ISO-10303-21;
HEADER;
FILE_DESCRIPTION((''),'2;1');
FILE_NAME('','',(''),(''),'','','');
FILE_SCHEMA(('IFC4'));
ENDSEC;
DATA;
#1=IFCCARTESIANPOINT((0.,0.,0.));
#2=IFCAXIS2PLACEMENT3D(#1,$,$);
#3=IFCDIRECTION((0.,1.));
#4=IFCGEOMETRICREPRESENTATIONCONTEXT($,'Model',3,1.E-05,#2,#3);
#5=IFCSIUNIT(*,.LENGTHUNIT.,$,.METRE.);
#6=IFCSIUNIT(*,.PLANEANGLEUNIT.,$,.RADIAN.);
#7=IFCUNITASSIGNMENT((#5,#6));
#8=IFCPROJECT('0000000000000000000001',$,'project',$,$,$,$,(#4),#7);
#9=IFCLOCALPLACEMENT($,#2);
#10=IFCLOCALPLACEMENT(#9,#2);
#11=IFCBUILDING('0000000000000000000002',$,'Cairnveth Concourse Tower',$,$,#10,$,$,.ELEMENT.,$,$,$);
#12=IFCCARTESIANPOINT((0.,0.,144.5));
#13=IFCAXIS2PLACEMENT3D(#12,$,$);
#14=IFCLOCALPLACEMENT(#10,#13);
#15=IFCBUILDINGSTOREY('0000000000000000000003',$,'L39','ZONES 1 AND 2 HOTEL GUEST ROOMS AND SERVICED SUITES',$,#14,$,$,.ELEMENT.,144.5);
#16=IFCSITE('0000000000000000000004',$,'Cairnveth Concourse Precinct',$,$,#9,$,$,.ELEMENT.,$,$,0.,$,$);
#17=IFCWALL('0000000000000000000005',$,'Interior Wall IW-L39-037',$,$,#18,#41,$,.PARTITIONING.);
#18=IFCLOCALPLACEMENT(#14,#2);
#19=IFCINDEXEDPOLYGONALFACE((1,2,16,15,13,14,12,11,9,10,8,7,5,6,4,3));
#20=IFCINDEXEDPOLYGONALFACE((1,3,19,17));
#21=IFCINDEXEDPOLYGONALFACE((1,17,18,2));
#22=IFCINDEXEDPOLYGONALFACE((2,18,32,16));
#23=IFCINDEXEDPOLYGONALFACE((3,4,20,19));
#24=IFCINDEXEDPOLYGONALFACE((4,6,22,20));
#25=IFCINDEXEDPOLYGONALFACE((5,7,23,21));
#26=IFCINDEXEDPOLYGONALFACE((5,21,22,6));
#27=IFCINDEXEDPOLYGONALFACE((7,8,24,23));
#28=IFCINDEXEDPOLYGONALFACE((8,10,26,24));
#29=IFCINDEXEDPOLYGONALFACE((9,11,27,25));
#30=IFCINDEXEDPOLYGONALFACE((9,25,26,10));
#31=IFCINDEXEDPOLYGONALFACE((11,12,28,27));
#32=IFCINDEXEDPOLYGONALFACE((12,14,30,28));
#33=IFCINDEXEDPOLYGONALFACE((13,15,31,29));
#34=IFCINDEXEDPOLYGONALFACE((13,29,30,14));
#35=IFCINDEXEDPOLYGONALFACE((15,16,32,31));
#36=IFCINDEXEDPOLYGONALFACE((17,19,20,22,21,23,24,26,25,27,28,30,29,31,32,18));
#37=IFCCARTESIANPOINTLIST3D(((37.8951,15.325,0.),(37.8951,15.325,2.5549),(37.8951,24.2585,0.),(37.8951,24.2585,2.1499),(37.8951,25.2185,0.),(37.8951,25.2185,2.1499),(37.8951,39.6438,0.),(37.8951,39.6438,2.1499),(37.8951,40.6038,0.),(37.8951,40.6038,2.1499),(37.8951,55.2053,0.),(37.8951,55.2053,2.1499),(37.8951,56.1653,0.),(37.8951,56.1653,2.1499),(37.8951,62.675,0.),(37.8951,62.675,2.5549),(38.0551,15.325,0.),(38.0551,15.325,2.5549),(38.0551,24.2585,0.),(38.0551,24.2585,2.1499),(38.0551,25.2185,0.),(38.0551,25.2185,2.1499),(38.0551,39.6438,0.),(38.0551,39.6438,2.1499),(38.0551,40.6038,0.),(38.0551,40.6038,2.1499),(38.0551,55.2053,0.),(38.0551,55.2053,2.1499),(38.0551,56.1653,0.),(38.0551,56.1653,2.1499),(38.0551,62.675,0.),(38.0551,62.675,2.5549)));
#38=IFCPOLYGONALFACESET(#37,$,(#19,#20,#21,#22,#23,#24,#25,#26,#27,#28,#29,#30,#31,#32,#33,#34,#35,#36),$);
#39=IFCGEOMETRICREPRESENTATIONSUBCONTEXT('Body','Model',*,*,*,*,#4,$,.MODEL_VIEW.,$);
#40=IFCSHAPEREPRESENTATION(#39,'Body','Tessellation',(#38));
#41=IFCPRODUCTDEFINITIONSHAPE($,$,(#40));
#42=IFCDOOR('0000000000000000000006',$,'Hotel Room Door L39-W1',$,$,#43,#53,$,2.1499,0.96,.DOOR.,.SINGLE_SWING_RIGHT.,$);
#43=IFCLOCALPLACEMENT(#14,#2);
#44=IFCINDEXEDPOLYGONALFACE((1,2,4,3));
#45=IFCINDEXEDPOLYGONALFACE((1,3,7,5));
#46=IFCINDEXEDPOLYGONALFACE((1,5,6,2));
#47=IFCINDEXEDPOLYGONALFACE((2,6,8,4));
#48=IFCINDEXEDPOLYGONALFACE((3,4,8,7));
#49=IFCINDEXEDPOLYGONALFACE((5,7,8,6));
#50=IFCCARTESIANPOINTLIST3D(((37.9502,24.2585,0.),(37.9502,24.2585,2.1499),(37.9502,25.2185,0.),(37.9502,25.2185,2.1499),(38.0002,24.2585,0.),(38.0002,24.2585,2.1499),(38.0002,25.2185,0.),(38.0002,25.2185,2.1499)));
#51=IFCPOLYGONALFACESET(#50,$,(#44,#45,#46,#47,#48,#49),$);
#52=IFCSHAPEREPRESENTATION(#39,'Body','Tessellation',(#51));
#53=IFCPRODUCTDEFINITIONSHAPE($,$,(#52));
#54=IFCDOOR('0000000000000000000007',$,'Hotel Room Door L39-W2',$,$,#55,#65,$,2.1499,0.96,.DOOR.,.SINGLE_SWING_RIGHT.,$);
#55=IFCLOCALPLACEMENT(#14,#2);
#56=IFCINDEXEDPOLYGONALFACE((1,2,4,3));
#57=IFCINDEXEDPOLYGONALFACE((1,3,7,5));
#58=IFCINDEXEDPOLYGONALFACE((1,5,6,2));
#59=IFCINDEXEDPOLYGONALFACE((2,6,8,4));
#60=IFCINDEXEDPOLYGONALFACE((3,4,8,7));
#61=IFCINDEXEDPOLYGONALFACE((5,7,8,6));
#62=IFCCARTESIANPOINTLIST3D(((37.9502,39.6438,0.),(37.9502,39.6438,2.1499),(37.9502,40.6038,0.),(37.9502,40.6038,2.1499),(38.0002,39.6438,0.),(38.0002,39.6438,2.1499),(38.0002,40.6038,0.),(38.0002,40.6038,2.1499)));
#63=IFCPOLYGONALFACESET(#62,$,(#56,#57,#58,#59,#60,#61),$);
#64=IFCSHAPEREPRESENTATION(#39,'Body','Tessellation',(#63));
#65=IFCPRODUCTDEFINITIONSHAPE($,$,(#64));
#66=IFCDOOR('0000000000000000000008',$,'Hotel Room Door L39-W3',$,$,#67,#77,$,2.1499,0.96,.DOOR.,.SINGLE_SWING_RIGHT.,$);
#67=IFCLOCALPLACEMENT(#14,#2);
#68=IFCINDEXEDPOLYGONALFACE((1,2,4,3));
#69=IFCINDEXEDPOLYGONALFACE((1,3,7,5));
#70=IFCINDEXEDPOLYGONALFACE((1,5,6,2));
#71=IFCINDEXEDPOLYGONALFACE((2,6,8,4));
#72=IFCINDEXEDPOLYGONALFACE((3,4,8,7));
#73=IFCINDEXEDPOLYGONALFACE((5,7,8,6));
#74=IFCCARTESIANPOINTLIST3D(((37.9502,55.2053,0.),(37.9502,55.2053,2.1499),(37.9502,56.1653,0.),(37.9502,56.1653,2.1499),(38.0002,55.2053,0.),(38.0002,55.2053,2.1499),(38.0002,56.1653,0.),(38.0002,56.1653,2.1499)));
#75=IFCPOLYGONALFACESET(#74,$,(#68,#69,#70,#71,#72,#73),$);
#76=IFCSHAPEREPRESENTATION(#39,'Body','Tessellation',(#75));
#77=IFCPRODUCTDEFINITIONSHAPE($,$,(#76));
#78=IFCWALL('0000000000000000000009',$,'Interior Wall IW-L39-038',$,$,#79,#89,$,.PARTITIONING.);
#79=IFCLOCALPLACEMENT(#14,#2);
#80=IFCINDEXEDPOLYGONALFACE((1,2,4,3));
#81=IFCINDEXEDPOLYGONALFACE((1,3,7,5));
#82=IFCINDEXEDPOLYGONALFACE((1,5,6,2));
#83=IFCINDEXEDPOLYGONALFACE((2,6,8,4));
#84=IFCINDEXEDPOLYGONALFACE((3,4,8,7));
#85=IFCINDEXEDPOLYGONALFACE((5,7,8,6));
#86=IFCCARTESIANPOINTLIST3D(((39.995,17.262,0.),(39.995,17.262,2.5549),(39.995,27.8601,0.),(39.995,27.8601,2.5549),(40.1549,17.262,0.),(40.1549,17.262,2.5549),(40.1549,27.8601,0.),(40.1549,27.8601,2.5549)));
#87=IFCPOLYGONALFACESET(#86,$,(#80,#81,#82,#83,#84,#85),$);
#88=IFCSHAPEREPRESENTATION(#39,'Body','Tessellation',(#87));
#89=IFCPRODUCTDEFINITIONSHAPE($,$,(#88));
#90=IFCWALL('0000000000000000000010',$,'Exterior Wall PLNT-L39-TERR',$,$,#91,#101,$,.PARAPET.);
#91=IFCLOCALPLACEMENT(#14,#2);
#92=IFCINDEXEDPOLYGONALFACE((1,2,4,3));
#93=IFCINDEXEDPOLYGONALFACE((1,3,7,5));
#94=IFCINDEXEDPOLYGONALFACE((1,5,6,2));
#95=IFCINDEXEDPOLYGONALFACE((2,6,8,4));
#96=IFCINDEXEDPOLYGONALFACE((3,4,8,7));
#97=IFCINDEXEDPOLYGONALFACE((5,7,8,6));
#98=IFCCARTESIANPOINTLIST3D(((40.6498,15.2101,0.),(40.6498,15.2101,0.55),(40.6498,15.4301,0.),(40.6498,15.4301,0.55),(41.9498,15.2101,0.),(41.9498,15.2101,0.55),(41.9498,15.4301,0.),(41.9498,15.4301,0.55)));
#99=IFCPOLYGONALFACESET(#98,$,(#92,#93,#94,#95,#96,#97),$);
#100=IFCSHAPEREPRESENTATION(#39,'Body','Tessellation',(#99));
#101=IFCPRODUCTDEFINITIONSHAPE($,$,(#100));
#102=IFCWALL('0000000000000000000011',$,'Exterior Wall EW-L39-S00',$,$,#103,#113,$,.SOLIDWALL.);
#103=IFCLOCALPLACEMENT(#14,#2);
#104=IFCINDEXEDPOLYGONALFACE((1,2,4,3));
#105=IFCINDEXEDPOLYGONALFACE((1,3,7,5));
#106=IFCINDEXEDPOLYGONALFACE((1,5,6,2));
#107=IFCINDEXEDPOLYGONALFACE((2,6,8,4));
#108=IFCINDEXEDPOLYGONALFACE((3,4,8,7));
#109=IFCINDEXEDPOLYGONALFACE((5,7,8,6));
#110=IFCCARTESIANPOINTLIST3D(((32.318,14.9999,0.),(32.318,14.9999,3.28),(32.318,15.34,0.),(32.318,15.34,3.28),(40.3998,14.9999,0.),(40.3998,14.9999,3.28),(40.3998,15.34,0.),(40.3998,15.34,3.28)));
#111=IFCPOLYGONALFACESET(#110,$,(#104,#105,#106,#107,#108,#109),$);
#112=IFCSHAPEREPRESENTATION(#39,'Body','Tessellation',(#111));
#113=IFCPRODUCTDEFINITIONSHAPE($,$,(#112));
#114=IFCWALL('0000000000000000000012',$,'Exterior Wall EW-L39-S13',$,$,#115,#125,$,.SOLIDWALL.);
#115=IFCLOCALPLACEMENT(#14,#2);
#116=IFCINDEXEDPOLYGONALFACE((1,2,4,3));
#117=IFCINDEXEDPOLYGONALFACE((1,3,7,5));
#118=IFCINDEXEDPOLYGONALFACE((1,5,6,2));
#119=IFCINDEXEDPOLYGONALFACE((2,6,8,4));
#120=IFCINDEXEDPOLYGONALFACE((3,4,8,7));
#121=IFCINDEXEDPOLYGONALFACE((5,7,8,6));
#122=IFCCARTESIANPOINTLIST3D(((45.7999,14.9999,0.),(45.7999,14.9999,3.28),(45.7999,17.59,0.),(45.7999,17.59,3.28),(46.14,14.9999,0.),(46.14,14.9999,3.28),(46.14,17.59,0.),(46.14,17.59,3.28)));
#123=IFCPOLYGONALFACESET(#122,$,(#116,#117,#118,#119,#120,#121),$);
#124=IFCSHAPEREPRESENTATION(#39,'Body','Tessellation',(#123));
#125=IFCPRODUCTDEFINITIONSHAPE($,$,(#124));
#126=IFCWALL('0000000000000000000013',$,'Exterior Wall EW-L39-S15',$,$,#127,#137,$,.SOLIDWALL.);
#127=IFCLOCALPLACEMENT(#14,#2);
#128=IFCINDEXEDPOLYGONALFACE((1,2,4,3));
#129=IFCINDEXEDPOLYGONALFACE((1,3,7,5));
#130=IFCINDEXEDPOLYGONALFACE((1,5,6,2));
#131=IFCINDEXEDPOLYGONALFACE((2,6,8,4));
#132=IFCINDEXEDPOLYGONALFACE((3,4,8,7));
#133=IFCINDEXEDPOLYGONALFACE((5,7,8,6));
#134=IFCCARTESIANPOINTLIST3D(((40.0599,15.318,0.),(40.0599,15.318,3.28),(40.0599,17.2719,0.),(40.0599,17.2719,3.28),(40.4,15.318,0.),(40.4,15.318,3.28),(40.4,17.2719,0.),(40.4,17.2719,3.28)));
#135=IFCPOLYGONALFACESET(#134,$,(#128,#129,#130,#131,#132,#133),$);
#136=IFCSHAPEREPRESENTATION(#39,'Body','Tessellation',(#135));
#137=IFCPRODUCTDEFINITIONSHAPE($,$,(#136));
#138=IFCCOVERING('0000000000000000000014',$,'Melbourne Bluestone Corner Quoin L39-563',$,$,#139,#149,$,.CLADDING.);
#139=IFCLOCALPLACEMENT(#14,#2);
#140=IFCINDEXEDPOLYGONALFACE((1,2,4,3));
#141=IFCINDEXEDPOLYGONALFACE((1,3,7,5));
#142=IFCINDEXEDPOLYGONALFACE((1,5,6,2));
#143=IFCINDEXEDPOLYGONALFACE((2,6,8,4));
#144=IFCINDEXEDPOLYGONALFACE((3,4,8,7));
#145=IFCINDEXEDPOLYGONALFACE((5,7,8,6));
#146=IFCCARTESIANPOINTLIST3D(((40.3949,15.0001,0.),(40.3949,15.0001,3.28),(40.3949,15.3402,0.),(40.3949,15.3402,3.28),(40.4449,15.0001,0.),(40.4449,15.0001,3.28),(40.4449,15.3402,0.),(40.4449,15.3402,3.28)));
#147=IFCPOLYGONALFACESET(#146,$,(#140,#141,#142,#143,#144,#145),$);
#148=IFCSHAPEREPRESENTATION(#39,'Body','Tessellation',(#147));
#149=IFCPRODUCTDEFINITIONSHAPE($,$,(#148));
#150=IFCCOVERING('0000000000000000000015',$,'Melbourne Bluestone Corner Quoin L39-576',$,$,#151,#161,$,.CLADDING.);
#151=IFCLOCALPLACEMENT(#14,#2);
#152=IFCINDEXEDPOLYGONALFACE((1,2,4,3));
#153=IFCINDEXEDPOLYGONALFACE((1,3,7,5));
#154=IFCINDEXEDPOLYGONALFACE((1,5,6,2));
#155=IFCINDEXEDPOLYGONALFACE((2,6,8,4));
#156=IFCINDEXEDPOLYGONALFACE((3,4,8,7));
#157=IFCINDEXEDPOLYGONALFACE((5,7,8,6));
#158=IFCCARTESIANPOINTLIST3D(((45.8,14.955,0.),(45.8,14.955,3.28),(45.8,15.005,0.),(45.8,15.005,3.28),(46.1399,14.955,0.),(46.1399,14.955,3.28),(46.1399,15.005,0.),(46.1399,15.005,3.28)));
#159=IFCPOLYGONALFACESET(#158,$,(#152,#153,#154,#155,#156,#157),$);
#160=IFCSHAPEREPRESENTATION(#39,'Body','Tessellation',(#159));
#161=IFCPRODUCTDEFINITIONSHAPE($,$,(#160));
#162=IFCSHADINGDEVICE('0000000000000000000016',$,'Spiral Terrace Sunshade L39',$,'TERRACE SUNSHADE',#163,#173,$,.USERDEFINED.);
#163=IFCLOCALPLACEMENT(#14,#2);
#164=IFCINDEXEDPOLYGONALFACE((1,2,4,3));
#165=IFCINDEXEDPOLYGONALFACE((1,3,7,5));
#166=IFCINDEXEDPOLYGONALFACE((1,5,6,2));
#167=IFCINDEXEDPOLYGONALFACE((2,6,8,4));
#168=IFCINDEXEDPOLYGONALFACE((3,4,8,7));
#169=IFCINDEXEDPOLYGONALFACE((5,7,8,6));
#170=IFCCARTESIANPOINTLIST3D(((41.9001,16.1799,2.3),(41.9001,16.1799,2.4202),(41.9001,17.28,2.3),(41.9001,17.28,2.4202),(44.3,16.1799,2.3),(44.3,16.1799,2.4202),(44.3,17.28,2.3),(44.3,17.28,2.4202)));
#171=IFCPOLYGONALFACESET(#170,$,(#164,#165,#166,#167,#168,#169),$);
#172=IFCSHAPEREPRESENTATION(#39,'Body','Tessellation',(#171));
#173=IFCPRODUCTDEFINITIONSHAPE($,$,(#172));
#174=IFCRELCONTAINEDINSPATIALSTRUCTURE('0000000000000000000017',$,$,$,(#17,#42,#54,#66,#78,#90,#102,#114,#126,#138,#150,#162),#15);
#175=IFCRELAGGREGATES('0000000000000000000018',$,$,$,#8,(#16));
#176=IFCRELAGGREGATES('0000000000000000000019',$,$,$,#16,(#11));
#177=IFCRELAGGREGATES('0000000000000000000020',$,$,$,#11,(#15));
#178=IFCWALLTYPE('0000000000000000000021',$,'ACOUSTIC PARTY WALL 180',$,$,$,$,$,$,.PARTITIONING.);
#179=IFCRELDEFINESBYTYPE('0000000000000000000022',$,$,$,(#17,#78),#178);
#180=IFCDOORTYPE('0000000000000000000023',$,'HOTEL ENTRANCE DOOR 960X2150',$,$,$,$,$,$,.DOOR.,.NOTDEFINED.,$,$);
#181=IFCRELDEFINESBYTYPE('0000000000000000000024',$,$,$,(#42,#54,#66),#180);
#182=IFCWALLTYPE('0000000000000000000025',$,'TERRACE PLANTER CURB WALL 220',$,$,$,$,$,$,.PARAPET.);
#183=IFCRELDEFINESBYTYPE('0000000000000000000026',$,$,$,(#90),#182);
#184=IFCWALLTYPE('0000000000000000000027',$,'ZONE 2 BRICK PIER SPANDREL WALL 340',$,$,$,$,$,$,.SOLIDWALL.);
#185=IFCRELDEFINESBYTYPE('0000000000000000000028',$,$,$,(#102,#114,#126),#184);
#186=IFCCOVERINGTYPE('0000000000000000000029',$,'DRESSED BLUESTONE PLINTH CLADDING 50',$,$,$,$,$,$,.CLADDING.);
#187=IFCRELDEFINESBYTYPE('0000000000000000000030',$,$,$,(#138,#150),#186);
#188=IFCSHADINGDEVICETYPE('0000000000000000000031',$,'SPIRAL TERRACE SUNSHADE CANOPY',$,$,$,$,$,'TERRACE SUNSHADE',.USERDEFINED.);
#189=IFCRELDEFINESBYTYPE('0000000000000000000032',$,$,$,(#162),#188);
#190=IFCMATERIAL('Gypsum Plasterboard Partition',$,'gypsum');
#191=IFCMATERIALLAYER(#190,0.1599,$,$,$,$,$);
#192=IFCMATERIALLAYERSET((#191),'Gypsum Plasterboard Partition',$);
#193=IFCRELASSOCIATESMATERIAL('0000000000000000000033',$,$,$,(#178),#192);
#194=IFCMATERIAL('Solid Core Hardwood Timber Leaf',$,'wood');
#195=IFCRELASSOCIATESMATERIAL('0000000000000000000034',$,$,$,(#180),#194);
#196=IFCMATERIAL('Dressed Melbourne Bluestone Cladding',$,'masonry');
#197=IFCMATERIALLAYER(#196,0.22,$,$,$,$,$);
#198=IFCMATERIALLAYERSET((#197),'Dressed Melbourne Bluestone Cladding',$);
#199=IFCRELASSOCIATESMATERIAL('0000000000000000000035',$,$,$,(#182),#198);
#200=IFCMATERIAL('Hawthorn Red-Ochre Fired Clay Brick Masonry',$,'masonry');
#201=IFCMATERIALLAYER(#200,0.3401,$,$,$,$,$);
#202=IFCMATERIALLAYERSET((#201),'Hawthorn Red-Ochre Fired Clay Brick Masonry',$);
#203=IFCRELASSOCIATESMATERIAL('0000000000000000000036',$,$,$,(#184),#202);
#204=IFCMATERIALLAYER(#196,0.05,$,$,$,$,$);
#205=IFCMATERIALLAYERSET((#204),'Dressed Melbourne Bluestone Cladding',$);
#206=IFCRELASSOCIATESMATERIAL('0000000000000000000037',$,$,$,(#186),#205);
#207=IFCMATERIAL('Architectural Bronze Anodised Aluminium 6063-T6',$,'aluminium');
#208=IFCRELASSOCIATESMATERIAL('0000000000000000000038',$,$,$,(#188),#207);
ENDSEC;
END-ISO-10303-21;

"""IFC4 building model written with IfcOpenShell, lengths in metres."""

from ifc_helpers import new_model, si_unit, direction, frame, frame_2d, origin, origin_2d, place, context, subcontext, project, spatial, rectangle, extrude, material, layer, layer_set, type_object, element, fill, save


model = new_model("IFC4")

# Units and contexts
model_context = context("Model", 3, precision=1e-05, world=origin(), true_north=direction((0.0, 1.0)))
body_context = subcontext(model_context, "Body", "Model", "MODEL_VIEW")
ifc_project = project(units=[si_unit("LENGTHUNIT", "METRE"), si_unit("PLANEANGLEUNIT", "RADIAN")], contexts=[model_context])

# Site, building, storey
site_placement = place(None, origin())
site = spatial("IfcSite", under=ifc_project, at=site_placement, Name="Cairnveth Concourse Precinct", CompositionType="ELEMENT", RefElevation=0.0)
building_placement = place(site_placement, origin())
building = spatial("IfcBuilding", under=site, at=building_placement, Name="Cairnveth Concourse Tower", CompositionType="ELEMENT")
storey_placement = place(building_placement, frame((0.0, 0.0, 144.5)))
storey = spatial("IfcBuildingStorey", under=building, at=storey_placement, Name="L39", Description="ZONES 1 AND 2 HOTEL GUEST ROOMS AND SERVICED SUITES", CompositionType="ELEMENT", Elevation=144.5)

# Wall, openings, doors
ifc_material_1 = material(Name="Gypsum Plasterboard Partition", Category="gypsum")
ifc_layer_1 = layer(ifc_material_1, 0.1599)
ifc_layer_set_1 = layer_set([ifc_layer_1], Name="Gypsum Plasterboard Partition")
wall_type_1 = type_object("IfcWallType", Name="ACOUSTIC PARTY WALL 180", PredefinedType="PARTITIONING", material=ifc_layer_set_1)
wall_1_placement = place(storey_placement, frame((37.9751, 15.325, 0.0), z_axis=(0.0, 0.0, 1.0), x_axis=(0.0, 1.0, 0.0)))
wall_1 = element("IfcWall", 1, at=wall_1_placement, inside=storey, type_object=wall_type_1, Name="Interior Wall IW-L39-037", PredefinedType="PARTITIONING", context=body_context, shape_type="SweptSolid", body=[
    extrude(rectangle(XDim=47.3501, YDim=0.1599, at=frame_2d((23.675, 0.0))), origin(), (0.0, 0.0, 1.0), 2.5549),
])
opening_1_placement = place(wall_1_placement, frame((8.9336, 0.0, 0.0)))
opening_1 = element("IfcOpeningElement", 2, at=opening_1_placement, cuts=wall_1, PredefinedType="OPENING", context=body_context, shape_type="SweptSolid", body=[
    extrude(rectangle(XDim=0.96, YDim=2.1499, at=frame_2d((0.48, 1.075))), frame((0.0, 0.0898, 0.0), z_axis=(0.0, -1.0, 0.0), x_axis=(1.0, 0.0, 0.0)), (0.0, 0.0, 1.0), 0.1799),
])
opening_2_placement = place(wall_1_placement, frame((24.3188, 0.0, 0.0)))
opening_2 = element("IfcOpeningElement", 3, at=opening_2_placement, cuts=wall_1, PredefinedType="OPENING", context=body_context, shape_type="SweptSolid", body=[
    extrude(rectangle(XDim=0.96, YDim=2.1499, at=frame_2d((0.48, 1.075))), frame((0.0, 0.0898, 0.0), z_axis=(0.0, -1.0, 0.0), x_axis=(1.0, 0.0, 0.0)), (0.0, 0.0, 1.0), 0.1799),
])
opening_3_placement = place(wall_1_placement, frame((39.8804, 0.0, 0.0)))
opening_3 = element("IfcOpeningElement", 4, at=opening_3_placement, cuts=wall_1, PredefinedType="OPENING", context=body_context, shape_type="SweptSolid", body=[
    extrude(rectangle(XDim=0.96, YDim=2.1499, at=frame_2d((0.48, 1.075))), frame((0.0, 0.0898, 0.0), z_axis=(0.0, -1.0, 0.0), x_axis=(1.0, 0.0, 0.0)), (0.0, 0.0, 1.0), 0.1799),
])
ifc_material_2 = material(Name="Solid Core Hardwood Timber Leaf", Category="wood")
door_type_1 = type_object("IfcDoorType", Name="HOTEL ENTRANCE DOOR 960X2150", OperationType="NOTDEFINED", PredefinedType="DOOR", material=ifc_material_2)
door_1_placement = place(opening_1_placement, origin())
door_1 = element("IfcDoor", 5, at=door_1_placement, inside=storey, type_object=door_type_1, Name="Hotel Room Door L39-W1", OperationType="SINGLE_SWING_RIGHT", OverallHeight=2.1499, OverallWidth=0.96, PredefinedType="DOOR", context=body_context, shape_type="SweptSolid", body=[
    extrude(rectangle(XDim=0.96, YDim=2.1499, at=frame_2d((0.48, 1.075))), frame((0.0, 0.0249, 0.0), z_axis=(0.0, -1.0, 0.0), x_axis=(1.0, 0.0, 0.0)), (0.0, 0.0, 1.0), 0.05),
])
fill(opening_1, door_1)
door_2_placement = place(opening_2_placement, origin())
door_2 = element("IfcDoor", 6, at=door_2_placement, inside=storey, type_object=door_type_1, Name="Hotel Room Door L39-W2", OperationType="SINGLE_SWING_RIGHT", OverallHeight=2.1499, OverallWidth=0.96, PredefinedType="DOOR", context=body_context, shape_type="SweptSolid", body=[
    extrude(rectangle(XDim=0.96, YDim=2.1499, at=frame_2d((0.48, 1.075))), frame((0.0, 0.0249, 0.0), z_axis=(0.0, -1.0, 0.0), x_axis=(1.0, 0.0, 0.0)), (0.0, 0.0, 1.0), 0.05),
])
fill(opening_2, door_2)
door_3_placement = place(opening_3_placement, origin())
door_3 = element("IfcDoor", 7, at=door_3_placement, inside=storey, type_object=door_type_1, Name="Hotel Room Door L39-W3", OperationType="SINGLE_SWING_RIGHT", OverallHeight=2.1499, OverallWidth=0.96, PredefinedType="DOOR", context=body_context, shape_type="SweptSolid", body=[
    extrude(rectangle(XDim=0.96, YDim=2.1499, at=frame_2d((0.48, 1.075))), frame((0.0, 0.0249, 0.0), z_axis=(0.0, -1.0, 0.0), x_axis=(1.0, 0.0, 0.0)), (0.0, 0.0, 1.0), 0.05),
])
fill(opening_3, door_3)

# Walls
wall_2_placement = place(storey_placement, frame((40.075, 17.262, 0.0), z_axis=(0.0, 0.0, 1.0), x_axis=(0.0, 1.0, 0.0)))
element("IfcWall", 8, at=wall_2_placement, inside=storey, type_object=wall_type_1, Name="Interior Wall IW-L39-038", PredefinedType="PARTITIONING", context=body_context, shape_type="SweptSolid", body=[
    extrude(rectangle(XDim=10.5981, YDim=0.1599, at=frame_2d((5.2991, 0.0))), origin(), (0.0, 0.0, 1.0), 2.5549),
])
ifc_material_3 = material(Name="Dressed Melbourne Bluestone Cladding", Category="masonry")
ifc_layer_2 = layer(ifc_material_3, 0.22)
ifc_layer_set_2 = layer_set([ifc_layer_2], Name="Dressed Melbourne Bluestone Cladding")
wall_type_2 = type_object("IfcWallType", Name="TERRACE PLANTER CURB WALL 220", PredefinedType="PARAPET", material=ifc_layer_set_2)
wall_3_placement = place(storey_placement, frame((40.6499, 15.3201, 0.0), z_axis=(0.0, 0.0, 1.0), x_axis=(1.0, 0.0, 0.0)))
element("IfcWall", 9, at=wall_3_placement, inside=storey, type_object=wall_type_2, Name="Exterior Wall PLNT-L39-TERR", PredefinedType="PARAPET", context=body_context, shape_type="SweptSolid", body=[
    extrude(rectangle(XDim=1.3, YDim=0.22, at=frame_2d((0.6499, 0.0))), origin(), (0.0, 0.0, 1.0), 0.55),
])
ifc_material_4 = material(Name="Hawthorn Red-Ochre Fired Clay Brick Masonry", Category="masonry")
ifc_layer_3 = layer(ifc_material_4, 0.3401)
ifc_layer_set_3 = layer_set([ifc_layer_3], Name="Hawthorn Red-Ochre Fired Clay Brick Masonry")
wall_type_3 = type_object("IfcWallType", Name="ZONE 2 BRICK PIER SPANDREL WALL 340", PredefinedType="SOLIDWALL", material=ifc_layer_set_3)
wall_4_placement = place(storey_placement, frame((40.3999, 15.1699, 0.0), z_axis=(0.0, 0.0, 1.0), x_axis=(-1.0, 0.0, 0.0)))
element("IfcWall", 10, at=wall_4_placement, inside=storey, type_object=wall_type_3, Name="Exterior Wall EW-L39-S00", PredefinedType="SOLIDWALL", context=body_context, shape_type="SweptSolid", body=[
    extrude(rectangle(XDim=8.0818, YDim=0.3401, at=frame_2d((4.041, 0.0))), origin(), (0.0, 0.0, 1.0), 3.28),
])
wall_5_placement = place(storey_placement, frame((45.97, 15.0, 0.0), z_axis=(0.0, 0.0, 1.0), x_axis=(0.0, 1.0, 0.0)))
element("IfcWall", 11, at=wall_5_placement, inside=storey, type_object=wall_type_3, Name="Exterior Wall EW-L39-S13", PredefinedType="SOLIDWALL", context=body_context, shape_type="SweptSolid", body=[
    extrude(rectangle(XDim=2.5901, YDim=0.3401, at=frame_2d((1.2949, 0.0))), origin(), (0.0, 0.0, 1.0), 3.28),
])

# Shared definitions
ifc_material_5 = material(Name="Architectural Bronze Anodised Aluminium 6063-T6", Category="aluminium")

# Wall
wall_6_placement = place(storey_placement, frame((40.23, 17.272, 0.0), z_axis=(0.0, 0.0, 1.0), x_axis=(0.0, -1.0, 0.0)))
element("IfcWall", 12, at=wall_6_placement, inside=storey, type_object=wall_type_3, Name="Exterior Wall EW-L39-S15", PredefinedType="SOLIDWALL", context=body_context, shape_type="SweptSolid", body=[
    extrude(rectangle(XDim=1.9539, YDim=0.3401, at=frame_2d((0.9771, 0.0))), origin(), (0.0, 0.0, 1.0), 3.28),
])

# Coverings
ifc_layer_4 = layer(ifc_material_3, 0.05)
ifc_layer_set_4 = layer_set([ifc_layer_4], Name="Dressed Melbourne Bluestone Cladding")
covering_type = type_object("IfcCoveringType", Name="DRESSED BLUESTONE PLINTH CLADDING 50", PredefinedType="CLADDING", material=ifc_layer_set_4)
covering_1_placement = place(storey_placement, frame((40.4199, 15.3401, 0.0), z_axis=(0.0, 0.0, 1.0), x_axis=(0.0, -1.0, 0.0)))
element("IfcCovering", 13, at=covering_1_placement, inside=storey, type_object=covering_type, Name="Melbourne Bluestone Corner Quoin L39-563", PredefinedType="CLADDING", context=body_context, shape_type="SweptSolid", body=[
    extrude(rectangle(XDim=0.3401, YDim=0.05, at=frame_2d((0.1699, 0.0))), origin(), (0.0, 0.0, 1.0), 3.28),
])
covering_2_placement = place(storey_placement, frame((46.1399, 14.98, 0.0), z_axis=(0.0, 0.0, 1.0), x_axis=(-1.0, 0.0, 0.0)))
element("IfcCovering", 14, at=covering_2_placement, inside=storey, type_object=covering_type, Name="Melbourne Bluestone Corner Quoin L39-576", PredefinedType="CLADDING", context=body_context, shape_type="SweptSolid", body=[
    extrude(rectangle(XDim=0.3398, YDim=0.05, at=frame_2d((0.1699, 0.0))), origin(), (0.0, 0.0, 1.0), 3.28),
])

# Shading device
shading_device_type = type_object("IfcShadingDeviceType", Name="SPIRAL TERRACE SUNSHADE CANOPY", ElementType="TERRACE SUNSHADE", PredefinedType="USERDEFINED", material=ifc_material_5)
shading_device_placement = place(storey_placement, frame((43.1001, 16.73, 2.3), z_axis=(0.0, 0.0, 1.0), x_axis=(1.0, 0.0, 0.0)))
element("IfcShadingDevice", 15, at=shading_device_placement, inside=storey, type_object=shading_device_type, Name="Spiral Terrace Sunshade L39", ObjectType="TERRACE SUNSHADE", PredefinedType="USERDEFINED", context=body_context, shape_type="SweptSolid", body=[
    extrude(rectangle(XDim=2.3999, YDim=1.1001, at=origin_2d()), origin(), (0.0, 0.0, 1.0), 0.1201),
])

save(model, "model.ifc")
